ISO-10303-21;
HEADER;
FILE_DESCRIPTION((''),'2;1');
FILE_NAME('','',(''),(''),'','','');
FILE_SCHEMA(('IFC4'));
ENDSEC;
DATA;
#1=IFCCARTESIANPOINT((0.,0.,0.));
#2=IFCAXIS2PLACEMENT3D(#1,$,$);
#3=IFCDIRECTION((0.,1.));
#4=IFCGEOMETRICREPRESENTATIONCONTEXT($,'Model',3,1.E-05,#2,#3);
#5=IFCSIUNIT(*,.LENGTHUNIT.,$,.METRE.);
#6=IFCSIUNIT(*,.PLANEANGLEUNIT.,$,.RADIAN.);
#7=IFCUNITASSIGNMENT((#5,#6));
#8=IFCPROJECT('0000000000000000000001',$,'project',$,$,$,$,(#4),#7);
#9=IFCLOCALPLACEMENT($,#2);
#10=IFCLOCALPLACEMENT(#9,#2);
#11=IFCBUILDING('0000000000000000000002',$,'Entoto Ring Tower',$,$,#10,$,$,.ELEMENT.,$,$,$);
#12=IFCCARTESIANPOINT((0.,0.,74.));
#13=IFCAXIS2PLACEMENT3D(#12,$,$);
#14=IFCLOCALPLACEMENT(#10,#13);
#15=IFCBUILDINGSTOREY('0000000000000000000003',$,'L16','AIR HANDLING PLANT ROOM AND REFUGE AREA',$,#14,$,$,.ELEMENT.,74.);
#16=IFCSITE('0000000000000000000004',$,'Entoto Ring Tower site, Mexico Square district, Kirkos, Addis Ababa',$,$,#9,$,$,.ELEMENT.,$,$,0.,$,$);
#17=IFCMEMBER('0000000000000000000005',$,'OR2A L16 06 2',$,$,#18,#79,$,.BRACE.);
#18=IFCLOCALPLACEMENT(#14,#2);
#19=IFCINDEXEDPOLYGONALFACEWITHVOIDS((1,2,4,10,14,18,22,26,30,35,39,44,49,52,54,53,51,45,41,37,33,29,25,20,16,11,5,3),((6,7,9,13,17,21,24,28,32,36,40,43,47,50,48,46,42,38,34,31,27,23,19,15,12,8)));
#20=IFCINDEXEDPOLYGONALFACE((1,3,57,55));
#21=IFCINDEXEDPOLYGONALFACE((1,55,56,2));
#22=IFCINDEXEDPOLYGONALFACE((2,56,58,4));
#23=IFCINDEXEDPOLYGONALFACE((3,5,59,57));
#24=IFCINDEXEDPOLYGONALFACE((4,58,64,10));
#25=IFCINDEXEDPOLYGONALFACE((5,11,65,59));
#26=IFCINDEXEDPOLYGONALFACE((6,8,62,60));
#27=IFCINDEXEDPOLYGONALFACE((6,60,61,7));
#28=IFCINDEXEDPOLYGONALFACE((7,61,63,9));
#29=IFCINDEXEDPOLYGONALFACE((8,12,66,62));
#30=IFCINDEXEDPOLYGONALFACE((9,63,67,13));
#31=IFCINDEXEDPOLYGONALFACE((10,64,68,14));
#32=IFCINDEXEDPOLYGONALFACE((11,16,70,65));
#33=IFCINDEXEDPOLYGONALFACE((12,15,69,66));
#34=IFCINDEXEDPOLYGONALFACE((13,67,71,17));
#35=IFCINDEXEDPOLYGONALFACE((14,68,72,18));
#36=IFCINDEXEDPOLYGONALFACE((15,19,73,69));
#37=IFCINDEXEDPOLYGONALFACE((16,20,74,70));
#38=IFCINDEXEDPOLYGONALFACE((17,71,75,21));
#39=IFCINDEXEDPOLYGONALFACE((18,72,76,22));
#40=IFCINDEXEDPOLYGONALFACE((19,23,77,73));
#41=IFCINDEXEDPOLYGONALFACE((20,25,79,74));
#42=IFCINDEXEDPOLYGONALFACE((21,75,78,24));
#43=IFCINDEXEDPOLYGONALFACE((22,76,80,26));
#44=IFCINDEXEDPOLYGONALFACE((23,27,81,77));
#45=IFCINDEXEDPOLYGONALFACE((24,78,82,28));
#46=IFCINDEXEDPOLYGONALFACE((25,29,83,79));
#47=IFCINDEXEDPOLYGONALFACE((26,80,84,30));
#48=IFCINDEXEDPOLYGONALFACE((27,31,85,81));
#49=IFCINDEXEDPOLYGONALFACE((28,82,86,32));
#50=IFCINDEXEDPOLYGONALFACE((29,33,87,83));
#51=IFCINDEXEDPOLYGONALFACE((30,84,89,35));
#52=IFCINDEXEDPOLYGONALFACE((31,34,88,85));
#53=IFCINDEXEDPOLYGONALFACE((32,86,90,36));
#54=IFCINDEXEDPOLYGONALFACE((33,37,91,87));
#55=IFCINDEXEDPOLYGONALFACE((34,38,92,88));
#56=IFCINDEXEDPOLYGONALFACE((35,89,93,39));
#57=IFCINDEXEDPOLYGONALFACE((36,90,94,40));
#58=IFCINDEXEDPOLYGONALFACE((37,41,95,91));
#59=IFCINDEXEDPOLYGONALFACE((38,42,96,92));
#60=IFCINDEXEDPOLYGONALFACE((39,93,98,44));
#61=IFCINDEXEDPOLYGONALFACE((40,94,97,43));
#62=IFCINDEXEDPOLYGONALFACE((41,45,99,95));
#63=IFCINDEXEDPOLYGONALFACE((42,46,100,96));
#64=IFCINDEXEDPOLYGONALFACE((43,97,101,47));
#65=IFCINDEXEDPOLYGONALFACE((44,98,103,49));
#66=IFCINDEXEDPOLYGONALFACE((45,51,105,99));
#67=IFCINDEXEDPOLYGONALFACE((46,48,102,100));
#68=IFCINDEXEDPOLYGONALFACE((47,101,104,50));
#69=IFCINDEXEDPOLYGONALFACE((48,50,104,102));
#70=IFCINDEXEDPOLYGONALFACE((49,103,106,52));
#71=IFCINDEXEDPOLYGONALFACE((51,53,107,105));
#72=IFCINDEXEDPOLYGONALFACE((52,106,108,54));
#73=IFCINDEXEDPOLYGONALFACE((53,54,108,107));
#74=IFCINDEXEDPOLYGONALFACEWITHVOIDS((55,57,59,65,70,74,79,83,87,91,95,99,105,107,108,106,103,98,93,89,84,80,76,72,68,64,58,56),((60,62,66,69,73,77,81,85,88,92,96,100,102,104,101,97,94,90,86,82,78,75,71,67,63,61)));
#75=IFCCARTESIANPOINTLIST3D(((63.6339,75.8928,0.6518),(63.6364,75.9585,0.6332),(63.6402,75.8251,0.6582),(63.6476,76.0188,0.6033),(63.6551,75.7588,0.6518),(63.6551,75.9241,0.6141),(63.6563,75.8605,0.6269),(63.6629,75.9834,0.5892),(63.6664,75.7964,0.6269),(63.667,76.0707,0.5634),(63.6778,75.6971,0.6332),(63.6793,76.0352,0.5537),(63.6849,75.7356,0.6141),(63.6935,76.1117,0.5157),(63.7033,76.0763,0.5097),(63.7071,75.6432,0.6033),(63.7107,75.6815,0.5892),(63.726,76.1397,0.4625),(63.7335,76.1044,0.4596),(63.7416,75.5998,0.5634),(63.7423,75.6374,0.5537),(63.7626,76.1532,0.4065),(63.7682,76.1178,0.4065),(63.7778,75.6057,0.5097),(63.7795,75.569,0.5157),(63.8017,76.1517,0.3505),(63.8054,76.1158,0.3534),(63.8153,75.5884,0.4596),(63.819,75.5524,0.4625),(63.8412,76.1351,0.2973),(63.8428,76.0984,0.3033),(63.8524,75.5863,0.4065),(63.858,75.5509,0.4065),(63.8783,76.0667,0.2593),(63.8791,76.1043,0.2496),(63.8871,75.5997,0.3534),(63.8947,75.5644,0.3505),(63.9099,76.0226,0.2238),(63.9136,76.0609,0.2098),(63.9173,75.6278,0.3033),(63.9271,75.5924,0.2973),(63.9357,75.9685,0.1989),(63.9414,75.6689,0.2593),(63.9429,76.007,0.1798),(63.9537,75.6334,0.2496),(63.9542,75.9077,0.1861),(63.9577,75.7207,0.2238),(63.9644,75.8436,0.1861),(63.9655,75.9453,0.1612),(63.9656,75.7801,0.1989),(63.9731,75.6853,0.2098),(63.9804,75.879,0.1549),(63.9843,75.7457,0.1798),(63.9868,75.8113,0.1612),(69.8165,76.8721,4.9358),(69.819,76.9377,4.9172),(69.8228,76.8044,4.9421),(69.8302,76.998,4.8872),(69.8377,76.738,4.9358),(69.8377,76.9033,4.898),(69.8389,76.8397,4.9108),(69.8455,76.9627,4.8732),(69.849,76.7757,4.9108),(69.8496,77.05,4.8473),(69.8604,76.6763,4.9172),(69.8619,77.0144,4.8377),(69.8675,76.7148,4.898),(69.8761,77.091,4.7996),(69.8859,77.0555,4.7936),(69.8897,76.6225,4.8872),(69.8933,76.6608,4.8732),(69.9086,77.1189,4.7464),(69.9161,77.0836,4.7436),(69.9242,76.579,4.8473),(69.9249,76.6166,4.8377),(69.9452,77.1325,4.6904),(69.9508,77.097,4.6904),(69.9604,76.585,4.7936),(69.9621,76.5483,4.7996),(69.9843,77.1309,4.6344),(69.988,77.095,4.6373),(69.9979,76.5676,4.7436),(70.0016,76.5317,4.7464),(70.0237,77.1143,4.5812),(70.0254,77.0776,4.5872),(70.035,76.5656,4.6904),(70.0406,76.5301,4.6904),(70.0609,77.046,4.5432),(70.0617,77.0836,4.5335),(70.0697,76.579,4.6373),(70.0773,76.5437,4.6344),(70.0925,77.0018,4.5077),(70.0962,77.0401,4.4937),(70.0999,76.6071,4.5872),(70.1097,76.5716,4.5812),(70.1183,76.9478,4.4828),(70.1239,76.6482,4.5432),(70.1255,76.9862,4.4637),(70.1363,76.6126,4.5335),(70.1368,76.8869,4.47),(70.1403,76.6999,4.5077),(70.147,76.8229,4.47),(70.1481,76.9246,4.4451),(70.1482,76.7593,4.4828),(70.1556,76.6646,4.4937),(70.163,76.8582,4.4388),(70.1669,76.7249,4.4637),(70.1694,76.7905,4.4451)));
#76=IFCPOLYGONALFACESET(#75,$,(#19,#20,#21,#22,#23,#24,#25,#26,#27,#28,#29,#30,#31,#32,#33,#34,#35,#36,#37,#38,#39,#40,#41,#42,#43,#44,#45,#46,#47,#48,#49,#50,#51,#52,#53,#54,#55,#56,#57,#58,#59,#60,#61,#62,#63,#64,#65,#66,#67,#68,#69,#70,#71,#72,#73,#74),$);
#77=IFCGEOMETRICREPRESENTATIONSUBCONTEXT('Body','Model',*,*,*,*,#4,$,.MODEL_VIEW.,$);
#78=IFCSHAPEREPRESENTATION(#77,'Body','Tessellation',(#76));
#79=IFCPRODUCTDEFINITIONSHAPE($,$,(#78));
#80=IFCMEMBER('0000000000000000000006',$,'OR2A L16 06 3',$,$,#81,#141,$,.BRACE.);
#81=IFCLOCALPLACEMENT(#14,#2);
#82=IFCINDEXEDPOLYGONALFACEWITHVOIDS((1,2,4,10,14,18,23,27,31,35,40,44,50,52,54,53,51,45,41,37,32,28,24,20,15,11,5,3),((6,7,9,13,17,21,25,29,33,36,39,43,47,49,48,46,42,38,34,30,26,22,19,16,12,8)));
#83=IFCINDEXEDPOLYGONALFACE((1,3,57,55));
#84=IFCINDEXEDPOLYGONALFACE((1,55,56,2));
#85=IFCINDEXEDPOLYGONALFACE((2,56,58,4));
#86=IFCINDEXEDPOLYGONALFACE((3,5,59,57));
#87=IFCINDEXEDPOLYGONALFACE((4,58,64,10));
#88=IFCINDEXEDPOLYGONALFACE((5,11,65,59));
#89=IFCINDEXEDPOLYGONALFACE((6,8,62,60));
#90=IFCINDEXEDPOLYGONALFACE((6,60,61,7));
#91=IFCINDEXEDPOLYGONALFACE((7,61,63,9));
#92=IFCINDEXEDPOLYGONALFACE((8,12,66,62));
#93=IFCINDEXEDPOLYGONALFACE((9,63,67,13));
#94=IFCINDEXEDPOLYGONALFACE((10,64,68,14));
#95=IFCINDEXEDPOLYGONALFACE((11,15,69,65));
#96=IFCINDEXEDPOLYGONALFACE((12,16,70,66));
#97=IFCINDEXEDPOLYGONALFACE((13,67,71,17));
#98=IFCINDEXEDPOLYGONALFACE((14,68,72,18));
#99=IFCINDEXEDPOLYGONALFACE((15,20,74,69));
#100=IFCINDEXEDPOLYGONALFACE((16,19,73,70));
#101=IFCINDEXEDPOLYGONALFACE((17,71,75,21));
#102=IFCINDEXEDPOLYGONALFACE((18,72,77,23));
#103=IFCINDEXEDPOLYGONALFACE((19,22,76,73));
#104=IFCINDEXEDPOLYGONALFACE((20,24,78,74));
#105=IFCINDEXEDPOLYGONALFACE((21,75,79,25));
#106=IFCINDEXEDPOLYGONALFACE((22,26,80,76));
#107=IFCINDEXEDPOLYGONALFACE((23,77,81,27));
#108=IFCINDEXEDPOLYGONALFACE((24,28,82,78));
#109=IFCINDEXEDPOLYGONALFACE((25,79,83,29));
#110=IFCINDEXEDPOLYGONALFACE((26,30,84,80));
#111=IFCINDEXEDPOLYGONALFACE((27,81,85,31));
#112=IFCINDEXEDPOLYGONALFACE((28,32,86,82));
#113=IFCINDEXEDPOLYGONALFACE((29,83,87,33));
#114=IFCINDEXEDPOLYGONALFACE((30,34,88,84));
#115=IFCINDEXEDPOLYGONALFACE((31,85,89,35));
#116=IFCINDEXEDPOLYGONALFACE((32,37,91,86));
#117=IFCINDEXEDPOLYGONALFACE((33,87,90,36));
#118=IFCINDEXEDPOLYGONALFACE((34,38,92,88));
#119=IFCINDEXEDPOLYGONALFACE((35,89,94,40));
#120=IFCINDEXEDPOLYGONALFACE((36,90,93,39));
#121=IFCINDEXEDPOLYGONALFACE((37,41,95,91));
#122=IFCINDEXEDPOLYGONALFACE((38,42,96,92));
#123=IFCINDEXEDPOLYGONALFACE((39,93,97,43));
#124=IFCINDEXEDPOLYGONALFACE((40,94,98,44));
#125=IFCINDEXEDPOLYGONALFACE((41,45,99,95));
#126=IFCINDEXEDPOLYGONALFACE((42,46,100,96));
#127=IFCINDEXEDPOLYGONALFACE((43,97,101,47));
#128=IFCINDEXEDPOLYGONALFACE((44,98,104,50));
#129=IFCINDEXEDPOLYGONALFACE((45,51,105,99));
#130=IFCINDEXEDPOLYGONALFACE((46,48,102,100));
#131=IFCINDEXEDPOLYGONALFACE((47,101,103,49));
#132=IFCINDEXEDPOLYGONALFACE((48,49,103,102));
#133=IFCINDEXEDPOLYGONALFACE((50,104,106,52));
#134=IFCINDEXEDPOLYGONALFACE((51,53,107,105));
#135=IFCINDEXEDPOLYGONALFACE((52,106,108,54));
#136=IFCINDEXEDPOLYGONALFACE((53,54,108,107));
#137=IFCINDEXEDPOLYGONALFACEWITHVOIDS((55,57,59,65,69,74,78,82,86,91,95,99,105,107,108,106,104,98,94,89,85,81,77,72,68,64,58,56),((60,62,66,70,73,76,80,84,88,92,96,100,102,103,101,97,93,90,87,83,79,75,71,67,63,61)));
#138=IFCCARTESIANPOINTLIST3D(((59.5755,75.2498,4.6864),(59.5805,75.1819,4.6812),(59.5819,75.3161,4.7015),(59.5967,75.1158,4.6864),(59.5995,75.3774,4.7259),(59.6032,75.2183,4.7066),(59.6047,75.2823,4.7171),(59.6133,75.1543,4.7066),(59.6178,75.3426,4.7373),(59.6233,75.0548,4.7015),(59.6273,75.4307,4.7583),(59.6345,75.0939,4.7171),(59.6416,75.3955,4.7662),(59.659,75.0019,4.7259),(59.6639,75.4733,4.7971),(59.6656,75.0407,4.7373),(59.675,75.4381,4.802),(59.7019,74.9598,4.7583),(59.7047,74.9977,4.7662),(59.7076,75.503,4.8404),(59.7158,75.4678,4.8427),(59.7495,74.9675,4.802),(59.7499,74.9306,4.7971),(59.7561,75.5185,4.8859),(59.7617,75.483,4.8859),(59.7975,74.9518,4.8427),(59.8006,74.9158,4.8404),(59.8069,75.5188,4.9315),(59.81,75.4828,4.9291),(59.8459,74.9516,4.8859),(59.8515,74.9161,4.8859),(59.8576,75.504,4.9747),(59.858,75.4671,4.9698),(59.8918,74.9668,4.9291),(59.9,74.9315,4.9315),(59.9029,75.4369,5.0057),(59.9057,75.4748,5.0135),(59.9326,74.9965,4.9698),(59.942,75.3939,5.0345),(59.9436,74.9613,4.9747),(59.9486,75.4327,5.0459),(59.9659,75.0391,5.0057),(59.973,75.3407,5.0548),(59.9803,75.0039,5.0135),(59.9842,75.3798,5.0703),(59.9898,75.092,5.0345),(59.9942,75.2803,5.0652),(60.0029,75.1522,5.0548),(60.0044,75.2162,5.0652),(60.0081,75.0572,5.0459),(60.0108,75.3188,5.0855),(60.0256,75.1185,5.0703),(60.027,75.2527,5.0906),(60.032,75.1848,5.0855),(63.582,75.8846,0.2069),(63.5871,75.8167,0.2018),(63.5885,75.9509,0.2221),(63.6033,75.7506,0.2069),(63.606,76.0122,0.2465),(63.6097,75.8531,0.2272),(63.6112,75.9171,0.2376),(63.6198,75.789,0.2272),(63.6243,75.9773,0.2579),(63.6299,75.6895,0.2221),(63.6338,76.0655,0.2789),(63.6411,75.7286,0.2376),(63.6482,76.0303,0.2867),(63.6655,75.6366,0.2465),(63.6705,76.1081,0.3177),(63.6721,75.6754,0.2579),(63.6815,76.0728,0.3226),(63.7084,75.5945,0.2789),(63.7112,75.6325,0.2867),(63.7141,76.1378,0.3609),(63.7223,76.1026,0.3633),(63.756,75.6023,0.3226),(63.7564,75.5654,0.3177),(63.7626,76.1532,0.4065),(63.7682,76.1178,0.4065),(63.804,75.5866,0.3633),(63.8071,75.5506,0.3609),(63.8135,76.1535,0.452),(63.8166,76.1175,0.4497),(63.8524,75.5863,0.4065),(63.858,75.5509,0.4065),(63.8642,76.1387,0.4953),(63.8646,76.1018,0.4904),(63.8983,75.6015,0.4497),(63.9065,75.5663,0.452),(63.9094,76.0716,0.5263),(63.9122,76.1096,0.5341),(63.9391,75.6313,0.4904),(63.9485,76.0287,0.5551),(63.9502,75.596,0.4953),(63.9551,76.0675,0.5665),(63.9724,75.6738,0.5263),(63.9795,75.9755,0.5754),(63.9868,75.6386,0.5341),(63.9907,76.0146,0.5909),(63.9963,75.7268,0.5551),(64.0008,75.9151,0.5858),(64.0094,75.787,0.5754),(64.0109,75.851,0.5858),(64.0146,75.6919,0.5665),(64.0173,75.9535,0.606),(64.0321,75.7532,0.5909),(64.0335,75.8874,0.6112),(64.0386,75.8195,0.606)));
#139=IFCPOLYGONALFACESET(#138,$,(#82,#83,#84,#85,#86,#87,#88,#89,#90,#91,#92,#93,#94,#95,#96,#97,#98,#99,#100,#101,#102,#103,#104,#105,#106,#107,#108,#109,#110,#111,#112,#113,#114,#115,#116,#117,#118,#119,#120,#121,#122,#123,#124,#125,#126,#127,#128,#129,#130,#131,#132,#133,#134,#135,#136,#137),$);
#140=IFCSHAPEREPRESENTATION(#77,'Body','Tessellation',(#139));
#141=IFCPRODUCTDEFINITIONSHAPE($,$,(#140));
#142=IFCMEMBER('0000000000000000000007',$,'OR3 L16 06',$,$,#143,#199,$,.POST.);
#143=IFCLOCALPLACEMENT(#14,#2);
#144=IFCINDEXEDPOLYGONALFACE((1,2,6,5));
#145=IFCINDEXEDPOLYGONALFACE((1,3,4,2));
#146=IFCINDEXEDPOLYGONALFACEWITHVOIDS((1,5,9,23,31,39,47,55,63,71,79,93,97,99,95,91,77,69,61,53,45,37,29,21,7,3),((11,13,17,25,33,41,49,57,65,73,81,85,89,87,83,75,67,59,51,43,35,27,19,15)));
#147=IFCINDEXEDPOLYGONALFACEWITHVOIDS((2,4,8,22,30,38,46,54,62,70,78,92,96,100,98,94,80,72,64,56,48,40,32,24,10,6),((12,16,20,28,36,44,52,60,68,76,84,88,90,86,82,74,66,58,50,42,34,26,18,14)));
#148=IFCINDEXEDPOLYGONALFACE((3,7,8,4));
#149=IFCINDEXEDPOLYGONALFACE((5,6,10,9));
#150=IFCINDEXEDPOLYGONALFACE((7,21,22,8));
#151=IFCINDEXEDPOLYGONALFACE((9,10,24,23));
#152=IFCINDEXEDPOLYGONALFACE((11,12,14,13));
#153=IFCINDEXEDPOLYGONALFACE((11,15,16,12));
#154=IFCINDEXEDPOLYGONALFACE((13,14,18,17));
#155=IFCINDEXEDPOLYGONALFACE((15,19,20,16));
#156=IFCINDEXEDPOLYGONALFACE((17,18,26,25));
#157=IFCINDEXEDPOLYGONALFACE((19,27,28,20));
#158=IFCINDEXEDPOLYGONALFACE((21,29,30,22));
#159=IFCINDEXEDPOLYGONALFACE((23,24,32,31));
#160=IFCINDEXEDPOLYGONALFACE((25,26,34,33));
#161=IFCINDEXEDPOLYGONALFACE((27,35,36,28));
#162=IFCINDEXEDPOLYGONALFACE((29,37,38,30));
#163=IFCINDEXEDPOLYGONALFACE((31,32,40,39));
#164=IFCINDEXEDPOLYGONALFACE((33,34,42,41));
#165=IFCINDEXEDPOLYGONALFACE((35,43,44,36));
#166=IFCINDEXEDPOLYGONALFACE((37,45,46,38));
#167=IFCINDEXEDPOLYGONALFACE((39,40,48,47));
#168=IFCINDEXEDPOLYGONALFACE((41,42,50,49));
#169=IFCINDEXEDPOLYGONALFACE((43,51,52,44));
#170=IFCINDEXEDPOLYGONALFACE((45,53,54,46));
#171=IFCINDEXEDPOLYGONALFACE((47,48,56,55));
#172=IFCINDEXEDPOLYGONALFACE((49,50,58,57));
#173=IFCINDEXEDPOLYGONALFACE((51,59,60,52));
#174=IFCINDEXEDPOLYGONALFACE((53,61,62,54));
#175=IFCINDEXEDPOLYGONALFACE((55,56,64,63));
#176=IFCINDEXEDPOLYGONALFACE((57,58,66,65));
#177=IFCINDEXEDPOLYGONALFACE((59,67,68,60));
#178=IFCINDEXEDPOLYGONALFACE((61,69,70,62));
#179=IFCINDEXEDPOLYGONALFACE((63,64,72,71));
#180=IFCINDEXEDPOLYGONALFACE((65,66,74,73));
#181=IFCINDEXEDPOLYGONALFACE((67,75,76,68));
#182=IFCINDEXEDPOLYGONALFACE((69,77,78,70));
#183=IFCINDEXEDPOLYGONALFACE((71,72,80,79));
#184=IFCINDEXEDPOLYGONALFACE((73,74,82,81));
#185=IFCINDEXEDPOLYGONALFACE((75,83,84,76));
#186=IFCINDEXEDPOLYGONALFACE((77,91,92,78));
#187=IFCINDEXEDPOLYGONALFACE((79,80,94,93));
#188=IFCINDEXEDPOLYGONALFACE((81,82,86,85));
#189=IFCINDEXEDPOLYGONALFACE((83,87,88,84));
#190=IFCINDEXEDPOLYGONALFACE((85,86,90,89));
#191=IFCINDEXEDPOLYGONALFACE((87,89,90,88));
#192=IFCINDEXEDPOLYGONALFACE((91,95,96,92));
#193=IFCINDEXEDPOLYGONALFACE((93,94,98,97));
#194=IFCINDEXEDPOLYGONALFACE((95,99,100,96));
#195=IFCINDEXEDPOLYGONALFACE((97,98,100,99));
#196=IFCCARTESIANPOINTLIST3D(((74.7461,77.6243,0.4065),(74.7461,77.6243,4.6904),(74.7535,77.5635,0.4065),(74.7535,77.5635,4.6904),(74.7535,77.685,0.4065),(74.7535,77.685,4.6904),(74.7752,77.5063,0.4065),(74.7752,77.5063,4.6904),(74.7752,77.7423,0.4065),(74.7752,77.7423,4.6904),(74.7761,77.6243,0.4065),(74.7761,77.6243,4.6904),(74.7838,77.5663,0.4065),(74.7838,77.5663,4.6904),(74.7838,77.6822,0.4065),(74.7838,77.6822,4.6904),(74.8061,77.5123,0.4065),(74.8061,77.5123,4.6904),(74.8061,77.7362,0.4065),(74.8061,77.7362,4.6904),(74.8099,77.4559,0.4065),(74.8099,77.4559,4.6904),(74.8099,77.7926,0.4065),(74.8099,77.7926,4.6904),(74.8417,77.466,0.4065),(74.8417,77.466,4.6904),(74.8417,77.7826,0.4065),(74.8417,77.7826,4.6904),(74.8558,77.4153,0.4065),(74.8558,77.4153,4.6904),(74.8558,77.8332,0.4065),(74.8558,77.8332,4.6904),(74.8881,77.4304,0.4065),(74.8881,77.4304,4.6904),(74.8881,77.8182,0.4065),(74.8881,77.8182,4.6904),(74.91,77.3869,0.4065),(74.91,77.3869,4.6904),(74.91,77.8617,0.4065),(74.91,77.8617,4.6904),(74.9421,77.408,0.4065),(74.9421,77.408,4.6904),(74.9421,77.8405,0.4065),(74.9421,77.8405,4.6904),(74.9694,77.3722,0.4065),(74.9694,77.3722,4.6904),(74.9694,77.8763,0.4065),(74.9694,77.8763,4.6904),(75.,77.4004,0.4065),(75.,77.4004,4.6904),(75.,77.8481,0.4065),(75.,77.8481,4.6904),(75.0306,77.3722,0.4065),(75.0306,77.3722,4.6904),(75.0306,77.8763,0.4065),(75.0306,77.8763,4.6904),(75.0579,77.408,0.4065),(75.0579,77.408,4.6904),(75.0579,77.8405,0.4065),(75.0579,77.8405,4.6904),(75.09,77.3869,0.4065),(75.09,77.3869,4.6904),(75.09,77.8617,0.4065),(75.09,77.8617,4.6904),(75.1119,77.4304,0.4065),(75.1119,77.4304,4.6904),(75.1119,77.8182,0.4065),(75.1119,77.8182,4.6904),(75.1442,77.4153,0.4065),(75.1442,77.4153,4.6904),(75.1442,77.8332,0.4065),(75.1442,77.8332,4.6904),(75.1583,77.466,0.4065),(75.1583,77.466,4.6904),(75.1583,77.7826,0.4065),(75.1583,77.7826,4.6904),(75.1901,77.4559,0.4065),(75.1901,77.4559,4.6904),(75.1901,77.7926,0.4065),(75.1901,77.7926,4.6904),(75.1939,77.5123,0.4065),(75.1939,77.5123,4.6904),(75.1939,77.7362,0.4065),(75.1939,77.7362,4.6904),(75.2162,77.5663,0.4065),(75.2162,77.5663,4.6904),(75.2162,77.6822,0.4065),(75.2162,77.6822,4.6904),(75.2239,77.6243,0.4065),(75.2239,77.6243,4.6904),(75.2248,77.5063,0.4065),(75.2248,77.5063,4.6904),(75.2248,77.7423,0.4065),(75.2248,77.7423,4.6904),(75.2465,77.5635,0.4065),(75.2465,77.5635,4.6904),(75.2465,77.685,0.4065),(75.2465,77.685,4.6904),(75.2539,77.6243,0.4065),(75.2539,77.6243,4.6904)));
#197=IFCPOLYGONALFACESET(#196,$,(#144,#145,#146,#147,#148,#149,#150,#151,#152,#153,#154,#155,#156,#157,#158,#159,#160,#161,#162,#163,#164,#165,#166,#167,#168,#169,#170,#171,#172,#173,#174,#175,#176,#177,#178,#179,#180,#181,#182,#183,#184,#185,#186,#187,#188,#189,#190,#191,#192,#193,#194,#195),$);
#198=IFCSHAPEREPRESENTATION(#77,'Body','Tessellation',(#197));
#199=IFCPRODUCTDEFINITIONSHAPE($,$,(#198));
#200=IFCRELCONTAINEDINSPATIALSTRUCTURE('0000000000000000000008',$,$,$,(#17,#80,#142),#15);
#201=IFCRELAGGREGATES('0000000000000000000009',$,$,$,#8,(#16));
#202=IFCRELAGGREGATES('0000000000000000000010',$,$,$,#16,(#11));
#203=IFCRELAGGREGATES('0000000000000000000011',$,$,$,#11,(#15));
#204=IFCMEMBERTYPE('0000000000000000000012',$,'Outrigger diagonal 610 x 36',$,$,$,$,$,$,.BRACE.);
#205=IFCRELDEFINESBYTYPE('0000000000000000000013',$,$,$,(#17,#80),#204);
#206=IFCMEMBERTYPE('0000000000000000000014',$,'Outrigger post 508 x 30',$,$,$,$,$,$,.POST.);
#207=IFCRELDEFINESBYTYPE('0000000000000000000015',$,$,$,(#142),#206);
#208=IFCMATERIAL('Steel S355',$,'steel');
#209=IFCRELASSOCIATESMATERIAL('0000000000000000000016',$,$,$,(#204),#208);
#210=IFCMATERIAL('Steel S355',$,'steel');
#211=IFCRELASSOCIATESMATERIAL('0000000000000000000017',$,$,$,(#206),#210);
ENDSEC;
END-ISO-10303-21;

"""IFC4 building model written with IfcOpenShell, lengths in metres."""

from ifc_helpers import new_model, si_unit, direction, frame, origin, origin_2d, place, context, subcontext, project, spatial, circle, hollow_circle, extrude, material, material_profile, profile_set, type_object, element, save


model = new_model("IFC4")

# Units and contexts
model_context = context("Model", 3, precision=1e-05, world=origin(), true_north=direction((0.0, 1.0)))
body_context = subcontext(model_context, "Body", "Model", "MODEL_VIEW")
ifc_project = project(units=[si_unit("LENGTHUNIT", "METRE"), si_unit("PLANEANGLEUNIT", "RADIAN")], contexts=[model_context])

# Site, building, storey
site_placement = place(None, origin())
site = spatial("IfcSite", under=ifc_project, at=site_placement, Name="Entoto Ring Tower site, Mexico Square district, Kirkos, Addis Ababa", CompositionType="ELEMENT", RefElevation=0.0)
building_placement = place(site_placement, origin())
building = spatial("IfcBuilding", under=site, at=building_placement, Name="Entoto Ring Tower", CompositionType="ELEMENT")
storey_placement = place(building_placement, frame((0.0, 0.0, 74.0)))
storey = spatial("IfcBuildingStorey", under=building, at=storey_placement, Name="L16", Description="AIR HANDLING PLANT ROOM AND REFUGE AREA", CompositionType="ELEMENT", Elevation=74.0)

# Members
ifc_material_1 = material(Name="Steel S355", Category="steel")
ifc_material_profile_1 = material_profile(ifc_material_1, hollow_circle(Radius=0.3049, WallThickness=0.0359, at=origin_2d()), Name="CHS 610 x 36")
ifc_material_2 = material(Name="Concrete C60/75", Category="concrete")
ifc_material_profile_2 = material_profile(ifc_material_2, circle(Radius=0.269, at=origin_2d()), Name="Concrete C60/75 infill")
ifc_profile_set_1 = profile_set([ifc_material_profile_1, ifc_material_profile_2], Name="Steel S355")
member_type_1 = type_object("IfcMemberType", Name="Outrigger diagonal 610 x 36", PredefinedType="BRACE", material=ifc_profile_set_1)
member_1_placement = place(storey_placement, frame((69.9929, 76.8313, 4.6904), z_axis=(-0.815086, -0.129099, -0.564773), x_axis=(0.156437, -0.987688, 0.0)))
element("IfcMember", 1, at=member_1_placement, inside=storey, type_object=member_type_1, Name="OR2A L16 06 2", PredefinedType="BRACE", context=body_context, shape_type="SweptSolid", body=[
    extrude(hollow_circle(Radius=0.3049, WallThickness=0.0359, at=origin_2d()), origin(), (0.0, 0.0, 1.0), 7.5852),
])
member_2_placement = place(storey_placement, frame((63.8103, 75.8521, 0.4065), z_axis=(-0.66298, -0.105036, 0.741232), x_axis=(0.156479, -0.987681, 0.0)))
element("IfcMember", 2, at=member_2_placement, inside=storey, type_object=member_type_1, Name="OR2A L16 06 3", PredefinedType="BRACE", context=body_context, shape_type="SweptSolid", body=[
    extrude(hollow_circle(Radius=0.3049, WallThickness=0.0359, at=origin_2d()), origin(), (0.0, 0.0, 1.0), 6.0432),
])
ifc_material_3 = material(Name="Steel S355", Category="steel")
ifc_material_profile_3 = material_profile(ifc_material_3, hollow_circle(Radius=0.2539, WallThickness=0.03, at=origin_2d()), Name="CHS 508 x 30")
ifc_material_4 = material(Name="Concrete C60/75", Category="concrete")
ifc_material_profile_4 = material_profile(ifc_material_4, circle(Radius=0.2241, at=origin_2d()), Name="Concrete C60/75 infill")
ifc_profile_set_2 = profile_set([ifc_material_profile_3, ifc_material_profile_4], Name="Steel S355")
member_type_2 = type_object("IfcMemberType", Name="Outrigger post 508 x 30", PredefinedType="POST", material=ifc_profile_set_2)
member_3_placement = place(storey_placement, frame((75.0, 77.6243, 0.4065), z_axis=(0.0, 0.0, 1.0), x_axis=(1.0, 0.0, 0.0)))
element("IfcMember", 3, at=member_3_placement, inside=storey, type_object=member_type_2, Name="OR3 L16 06", PredefinedType="POST", context=body_context, shape_type="SweptSolid", body=[
    extrude(hollow_circle(Radius=0.2539, WallThickness=0.03, at=origin_2d()), origin(), (0.0, 0.0, 1.0), 4.2839),
])

save(model, "model.ifc")
